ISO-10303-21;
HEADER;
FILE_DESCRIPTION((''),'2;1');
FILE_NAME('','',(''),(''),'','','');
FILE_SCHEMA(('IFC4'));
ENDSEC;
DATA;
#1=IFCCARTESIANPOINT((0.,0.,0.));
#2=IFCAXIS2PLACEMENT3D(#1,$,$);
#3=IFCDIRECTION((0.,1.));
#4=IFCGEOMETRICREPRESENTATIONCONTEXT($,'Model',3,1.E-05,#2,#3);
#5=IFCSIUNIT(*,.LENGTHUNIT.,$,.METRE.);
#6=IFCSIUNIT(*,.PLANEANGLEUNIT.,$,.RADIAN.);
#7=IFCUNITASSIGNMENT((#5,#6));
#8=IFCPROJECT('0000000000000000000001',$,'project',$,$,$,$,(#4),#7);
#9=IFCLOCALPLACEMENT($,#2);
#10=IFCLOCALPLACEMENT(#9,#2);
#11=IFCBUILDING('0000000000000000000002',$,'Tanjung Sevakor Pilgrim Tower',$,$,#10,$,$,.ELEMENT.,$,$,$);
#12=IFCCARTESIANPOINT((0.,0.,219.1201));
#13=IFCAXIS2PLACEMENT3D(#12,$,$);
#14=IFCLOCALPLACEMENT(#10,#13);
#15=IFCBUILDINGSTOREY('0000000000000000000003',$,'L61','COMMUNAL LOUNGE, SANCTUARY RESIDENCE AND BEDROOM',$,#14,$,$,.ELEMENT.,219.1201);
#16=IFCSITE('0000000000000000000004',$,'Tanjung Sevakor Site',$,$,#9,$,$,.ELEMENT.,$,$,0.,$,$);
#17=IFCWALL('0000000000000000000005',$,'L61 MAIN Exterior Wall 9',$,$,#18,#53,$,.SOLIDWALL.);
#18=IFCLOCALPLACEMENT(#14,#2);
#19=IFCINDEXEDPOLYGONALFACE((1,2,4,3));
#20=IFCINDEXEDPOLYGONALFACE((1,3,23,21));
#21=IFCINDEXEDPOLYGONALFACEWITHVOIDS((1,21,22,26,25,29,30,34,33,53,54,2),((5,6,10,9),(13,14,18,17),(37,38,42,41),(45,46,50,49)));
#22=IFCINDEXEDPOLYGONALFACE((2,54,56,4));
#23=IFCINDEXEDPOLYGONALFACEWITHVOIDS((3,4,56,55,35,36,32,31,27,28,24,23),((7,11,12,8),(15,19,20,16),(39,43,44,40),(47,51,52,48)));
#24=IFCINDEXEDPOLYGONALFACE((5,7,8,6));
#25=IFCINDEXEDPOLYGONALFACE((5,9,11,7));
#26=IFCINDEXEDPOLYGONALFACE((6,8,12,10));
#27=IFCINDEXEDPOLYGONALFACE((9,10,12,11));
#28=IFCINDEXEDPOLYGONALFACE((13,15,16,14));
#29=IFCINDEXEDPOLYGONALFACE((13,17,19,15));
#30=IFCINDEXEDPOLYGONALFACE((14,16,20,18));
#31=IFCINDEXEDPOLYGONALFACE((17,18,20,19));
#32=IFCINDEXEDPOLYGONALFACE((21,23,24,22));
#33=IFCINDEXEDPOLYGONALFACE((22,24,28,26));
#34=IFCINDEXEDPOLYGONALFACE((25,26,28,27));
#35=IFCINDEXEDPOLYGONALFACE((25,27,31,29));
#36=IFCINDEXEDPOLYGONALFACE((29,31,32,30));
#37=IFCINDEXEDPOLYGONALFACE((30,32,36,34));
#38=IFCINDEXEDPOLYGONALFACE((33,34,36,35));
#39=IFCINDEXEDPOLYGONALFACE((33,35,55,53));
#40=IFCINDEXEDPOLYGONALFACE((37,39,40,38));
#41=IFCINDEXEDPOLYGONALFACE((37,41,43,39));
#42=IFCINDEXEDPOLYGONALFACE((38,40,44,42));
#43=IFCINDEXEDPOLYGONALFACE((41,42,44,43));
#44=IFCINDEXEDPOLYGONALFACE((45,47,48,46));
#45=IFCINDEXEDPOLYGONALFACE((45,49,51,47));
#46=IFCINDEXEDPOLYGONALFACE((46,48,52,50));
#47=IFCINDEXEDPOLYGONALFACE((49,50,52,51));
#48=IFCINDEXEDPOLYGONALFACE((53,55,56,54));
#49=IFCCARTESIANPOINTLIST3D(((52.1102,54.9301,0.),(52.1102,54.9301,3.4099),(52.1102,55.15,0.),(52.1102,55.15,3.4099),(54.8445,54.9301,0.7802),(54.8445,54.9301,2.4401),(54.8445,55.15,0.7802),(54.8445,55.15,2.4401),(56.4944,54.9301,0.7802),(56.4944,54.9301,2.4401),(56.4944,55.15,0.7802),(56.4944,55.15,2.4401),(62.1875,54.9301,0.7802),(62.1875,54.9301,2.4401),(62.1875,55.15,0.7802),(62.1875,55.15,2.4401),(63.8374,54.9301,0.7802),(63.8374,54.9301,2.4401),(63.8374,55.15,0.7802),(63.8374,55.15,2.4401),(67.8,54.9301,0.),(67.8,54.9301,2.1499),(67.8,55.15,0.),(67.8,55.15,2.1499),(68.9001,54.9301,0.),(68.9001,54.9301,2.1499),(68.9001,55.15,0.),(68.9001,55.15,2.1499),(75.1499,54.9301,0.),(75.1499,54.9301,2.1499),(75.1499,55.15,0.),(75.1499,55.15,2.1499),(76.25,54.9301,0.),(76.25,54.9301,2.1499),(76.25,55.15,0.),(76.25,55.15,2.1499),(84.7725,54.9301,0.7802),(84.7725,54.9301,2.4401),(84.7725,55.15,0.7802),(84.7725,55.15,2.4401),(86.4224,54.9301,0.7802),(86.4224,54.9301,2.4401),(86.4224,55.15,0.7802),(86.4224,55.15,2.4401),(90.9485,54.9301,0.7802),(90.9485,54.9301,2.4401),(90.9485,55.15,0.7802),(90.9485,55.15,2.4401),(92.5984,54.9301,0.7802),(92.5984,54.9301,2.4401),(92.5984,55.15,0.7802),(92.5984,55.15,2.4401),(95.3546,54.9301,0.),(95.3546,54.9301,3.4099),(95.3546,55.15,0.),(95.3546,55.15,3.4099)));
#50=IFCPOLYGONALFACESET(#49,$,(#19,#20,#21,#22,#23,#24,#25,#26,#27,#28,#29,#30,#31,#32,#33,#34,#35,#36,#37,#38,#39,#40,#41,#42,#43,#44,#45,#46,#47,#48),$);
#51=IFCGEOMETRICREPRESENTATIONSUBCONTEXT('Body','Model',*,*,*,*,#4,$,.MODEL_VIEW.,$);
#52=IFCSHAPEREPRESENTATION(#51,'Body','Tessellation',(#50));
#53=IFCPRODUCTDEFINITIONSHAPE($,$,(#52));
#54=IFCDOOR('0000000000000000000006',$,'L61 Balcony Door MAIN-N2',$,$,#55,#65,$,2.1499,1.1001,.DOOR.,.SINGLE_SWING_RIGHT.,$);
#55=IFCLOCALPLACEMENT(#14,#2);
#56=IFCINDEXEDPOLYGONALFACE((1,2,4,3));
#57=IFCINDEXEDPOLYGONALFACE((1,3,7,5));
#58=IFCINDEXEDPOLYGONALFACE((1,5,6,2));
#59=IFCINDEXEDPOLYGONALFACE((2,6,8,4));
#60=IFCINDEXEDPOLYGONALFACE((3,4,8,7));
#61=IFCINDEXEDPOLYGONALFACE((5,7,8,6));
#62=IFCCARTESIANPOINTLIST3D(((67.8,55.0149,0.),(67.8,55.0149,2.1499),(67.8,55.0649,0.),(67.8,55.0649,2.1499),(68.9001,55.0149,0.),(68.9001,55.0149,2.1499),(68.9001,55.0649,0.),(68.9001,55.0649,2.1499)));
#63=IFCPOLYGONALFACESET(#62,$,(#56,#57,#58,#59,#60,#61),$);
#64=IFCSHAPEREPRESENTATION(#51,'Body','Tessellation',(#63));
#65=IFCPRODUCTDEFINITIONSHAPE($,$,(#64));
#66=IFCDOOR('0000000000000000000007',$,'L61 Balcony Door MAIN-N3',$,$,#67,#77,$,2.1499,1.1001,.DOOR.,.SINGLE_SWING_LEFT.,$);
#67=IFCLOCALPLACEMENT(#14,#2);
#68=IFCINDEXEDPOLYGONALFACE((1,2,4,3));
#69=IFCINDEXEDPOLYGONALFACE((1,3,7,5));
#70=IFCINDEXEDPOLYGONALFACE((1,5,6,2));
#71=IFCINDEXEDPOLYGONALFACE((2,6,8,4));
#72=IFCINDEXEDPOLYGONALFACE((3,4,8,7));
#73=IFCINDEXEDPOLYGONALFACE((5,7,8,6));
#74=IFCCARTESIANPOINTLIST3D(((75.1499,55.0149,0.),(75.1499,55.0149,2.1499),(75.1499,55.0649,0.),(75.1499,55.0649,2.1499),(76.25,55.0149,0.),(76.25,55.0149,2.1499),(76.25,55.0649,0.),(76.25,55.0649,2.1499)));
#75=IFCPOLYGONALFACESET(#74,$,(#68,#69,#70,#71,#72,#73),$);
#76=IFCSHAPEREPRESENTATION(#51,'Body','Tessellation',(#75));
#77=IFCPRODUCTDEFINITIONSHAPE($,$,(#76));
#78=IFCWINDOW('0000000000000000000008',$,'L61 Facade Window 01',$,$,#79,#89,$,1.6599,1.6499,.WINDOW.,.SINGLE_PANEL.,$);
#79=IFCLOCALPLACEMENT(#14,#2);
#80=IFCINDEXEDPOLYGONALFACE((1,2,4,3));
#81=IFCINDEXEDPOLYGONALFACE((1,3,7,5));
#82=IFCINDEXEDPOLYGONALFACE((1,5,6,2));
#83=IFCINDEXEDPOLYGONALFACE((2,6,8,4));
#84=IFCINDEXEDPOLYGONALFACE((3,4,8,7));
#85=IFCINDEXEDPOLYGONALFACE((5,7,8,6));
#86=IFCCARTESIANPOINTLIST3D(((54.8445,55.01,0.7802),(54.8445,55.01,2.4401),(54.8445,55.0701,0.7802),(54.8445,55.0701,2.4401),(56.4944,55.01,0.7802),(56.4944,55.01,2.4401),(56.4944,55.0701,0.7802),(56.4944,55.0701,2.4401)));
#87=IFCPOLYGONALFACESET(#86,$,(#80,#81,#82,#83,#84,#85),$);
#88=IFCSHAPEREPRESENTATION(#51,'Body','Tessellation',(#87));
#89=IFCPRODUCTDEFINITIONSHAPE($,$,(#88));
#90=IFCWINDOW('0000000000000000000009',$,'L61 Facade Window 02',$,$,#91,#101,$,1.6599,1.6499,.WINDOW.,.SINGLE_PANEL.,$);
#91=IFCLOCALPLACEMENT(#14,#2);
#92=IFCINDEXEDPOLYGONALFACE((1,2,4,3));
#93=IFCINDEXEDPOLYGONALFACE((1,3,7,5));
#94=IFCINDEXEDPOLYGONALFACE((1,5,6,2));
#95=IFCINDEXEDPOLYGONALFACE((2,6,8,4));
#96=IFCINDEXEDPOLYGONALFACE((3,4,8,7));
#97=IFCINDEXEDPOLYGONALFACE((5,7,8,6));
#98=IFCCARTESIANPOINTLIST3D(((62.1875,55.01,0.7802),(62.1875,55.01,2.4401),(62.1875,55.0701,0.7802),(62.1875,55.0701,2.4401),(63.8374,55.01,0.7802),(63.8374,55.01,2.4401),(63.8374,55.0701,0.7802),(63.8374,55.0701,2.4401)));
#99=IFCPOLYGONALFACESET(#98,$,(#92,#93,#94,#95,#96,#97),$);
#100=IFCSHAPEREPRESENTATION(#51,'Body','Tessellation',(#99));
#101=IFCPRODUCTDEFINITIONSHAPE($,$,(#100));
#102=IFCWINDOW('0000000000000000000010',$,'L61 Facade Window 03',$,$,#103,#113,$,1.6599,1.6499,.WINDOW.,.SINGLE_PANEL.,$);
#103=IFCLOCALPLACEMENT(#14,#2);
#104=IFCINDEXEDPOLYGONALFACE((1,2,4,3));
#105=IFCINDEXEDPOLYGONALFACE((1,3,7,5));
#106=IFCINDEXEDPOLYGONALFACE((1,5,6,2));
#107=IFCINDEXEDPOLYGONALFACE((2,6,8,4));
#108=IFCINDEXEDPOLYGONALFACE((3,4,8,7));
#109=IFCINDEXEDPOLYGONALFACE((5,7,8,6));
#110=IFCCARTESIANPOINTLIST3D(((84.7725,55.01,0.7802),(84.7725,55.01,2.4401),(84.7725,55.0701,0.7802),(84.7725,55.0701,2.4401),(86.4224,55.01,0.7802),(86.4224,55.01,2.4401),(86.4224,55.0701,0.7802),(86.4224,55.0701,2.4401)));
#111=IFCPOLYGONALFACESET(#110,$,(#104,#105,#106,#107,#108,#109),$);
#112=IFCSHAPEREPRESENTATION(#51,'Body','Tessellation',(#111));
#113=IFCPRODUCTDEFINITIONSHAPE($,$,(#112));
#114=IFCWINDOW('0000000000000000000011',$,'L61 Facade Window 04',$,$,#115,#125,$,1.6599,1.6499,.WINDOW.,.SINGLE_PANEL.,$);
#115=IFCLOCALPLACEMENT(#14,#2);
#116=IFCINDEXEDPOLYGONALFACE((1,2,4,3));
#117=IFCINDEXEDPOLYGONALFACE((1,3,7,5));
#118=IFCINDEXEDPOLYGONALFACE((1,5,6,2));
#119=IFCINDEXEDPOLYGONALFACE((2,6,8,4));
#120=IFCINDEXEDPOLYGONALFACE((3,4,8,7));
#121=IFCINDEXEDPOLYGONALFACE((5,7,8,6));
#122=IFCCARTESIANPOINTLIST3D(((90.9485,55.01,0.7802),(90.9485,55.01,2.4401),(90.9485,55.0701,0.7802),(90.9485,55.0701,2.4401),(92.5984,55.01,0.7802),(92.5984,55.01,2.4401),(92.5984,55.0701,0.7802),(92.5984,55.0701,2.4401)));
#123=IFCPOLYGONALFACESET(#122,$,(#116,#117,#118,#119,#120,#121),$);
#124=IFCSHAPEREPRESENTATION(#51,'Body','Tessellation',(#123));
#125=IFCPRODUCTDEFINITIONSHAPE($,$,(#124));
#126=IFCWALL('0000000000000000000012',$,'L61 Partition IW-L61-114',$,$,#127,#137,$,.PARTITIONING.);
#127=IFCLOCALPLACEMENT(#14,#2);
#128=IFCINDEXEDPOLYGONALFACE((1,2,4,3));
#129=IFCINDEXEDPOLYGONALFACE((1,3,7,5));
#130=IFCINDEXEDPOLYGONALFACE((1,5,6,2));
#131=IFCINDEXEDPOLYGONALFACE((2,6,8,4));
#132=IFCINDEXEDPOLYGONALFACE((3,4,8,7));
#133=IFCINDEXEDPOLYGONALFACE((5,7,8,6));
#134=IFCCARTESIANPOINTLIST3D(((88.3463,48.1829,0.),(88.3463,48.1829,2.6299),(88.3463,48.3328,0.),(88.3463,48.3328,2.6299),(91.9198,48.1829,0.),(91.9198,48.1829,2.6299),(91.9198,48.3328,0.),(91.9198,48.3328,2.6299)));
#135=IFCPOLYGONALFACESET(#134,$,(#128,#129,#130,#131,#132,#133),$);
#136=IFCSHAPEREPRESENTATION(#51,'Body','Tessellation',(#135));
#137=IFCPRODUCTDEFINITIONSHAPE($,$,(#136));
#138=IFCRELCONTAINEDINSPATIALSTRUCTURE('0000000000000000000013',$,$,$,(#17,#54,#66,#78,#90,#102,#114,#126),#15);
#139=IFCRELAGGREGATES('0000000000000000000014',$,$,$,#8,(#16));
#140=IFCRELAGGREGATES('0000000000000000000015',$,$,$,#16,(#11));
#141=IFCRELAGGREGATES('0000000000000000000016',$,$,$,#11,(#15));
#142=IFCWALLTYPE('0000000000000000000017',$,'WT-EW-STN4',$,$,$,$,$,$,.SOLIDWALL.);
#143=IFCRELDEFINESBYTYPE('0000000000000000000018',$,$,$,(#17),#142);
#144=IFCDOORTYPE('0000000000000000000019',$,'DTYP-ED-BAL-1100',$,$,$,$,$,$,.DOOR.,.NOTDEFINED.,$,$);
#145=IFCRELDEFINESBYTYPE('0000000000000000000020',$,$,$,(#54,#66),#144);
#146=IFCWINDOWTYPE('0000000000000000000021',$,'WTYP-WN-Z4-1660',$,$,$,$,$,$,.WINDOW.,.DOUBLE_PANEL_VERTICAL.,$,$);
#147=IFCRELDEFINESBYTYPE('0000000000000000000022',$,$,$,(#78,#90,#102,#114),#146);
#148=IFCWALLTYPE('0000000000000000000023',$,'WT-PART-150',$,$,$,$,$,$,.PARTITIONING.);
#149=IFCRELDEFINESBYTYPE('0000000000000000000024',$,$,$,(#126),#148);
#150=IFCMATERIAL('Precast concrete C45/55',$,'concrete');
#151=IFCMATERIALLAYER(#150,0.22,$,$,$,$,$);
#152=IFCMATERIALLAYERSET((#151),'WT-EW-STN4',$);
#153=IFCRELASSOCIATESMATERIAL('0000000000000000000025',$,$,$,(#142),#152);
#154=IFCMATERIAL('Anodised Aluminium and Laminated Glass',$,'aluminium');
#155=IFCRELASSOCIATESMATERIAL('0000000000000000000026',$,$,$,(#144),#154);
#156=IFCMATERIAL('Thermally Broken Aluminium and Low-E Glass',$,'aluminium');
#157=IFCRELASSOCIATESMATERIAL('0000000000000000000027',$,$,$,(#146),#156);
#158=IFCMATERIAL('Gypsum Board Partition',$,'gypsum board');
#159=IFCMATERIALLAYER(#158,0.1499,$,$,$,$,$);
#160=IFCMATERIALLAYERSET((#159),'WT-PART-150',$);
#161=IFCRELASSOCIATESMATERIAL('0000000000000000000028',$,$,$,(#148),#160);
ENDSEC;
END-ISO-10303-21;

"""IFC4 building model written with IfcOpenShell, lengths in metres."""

from ifc_helpers import new_model, si_unit, direction, frame, frame_2d, origin, place, context, subcontext, project, spatial, rectangle, extrude, material, layer, layer_set, type_object, element, fill, save


model = new_model("IFC4")

# Units and contexts
model_context = context("Model", 3, precision=1e-05, world=origin(), true_north=direction((0.0, 1.0)))
body_context = subcontext(model_context, "Body", "Model", "MODEL_VIEW")
ifc_project = project(units=[si_unit("LENGTHUNIT", "METRE"), si_unit("PLANEANGLEUNIT", "RADIAN")], contexts=[model_context])

# Site, building, storey
site_placement = place(None, origin())
site = spatial("IfcSite", under=ifc_project, at=site_placement, Name="Tanjung Sevakor Site", CompositionType="ELEMENT", RefElevation=0.0)
building_placement = place(site_placement, origin())
building = spatial("IfcBuilding", under=site, at=building_placement, Name="Tanjung Sevakor Pilgrim Tower", CompositionType="ELEMENT")
storey_placement = place(building_placement, frame((0.0, 0.0, 219.1201)))
storey = spatial("IfcBuildingStorey", under=building, at=storey_placement, Name="L61", Description="COMMUNAL LOUNGE, SANCTUARY RESIDENCE AND BEDROOM", CompositionType="ELEMENT", Elevation=219.1201)

# Shared definitions
ifc_material_1 = material(Name="Precast concrete C45/55", Category="concrete")
ifc_layer_1 = layer(ifc_material_1, 0.22)
ifc_layer_set_1 = layer_set([ifc_layer_1], Name="WT-EW-STN4")
wall_type_1 = type_object("IfcWallType", Name="WT-EW-STN4", PredefinedType="SOLIDWALL", material=ifc_layer_set_1)

# Wall, openings, doors, windows
wall_1_placement = place(storey_placement, frame((95.3545, 55.04, 0.0), z_axis=(0.0, 0.0, 1.0), x_axis=(-1.0, 0.0, 0.0)))
wall_1 = element("IfcWall", 1, at=wall_1_placement, inside=storey, type_object=wall_type_1, Name="L61 MAIN Exterior Wall 9", PredefinedType="SOLIDWALL", context=body_context, shape_type="SweptSolid", body=[
    extrude(rectangle(XDim=43.2444, YDim=0.22, at=frame_2d((21.6221, 0.0))), origin(), (0.0, 0.0, 1.0), 3.4099),
])
opening_1_placement = place(wall_1_placement, frame((26.4543, 0.0, 0.0)))
opening_1 = element("IfcOpeningElement", 2, at=opening_1_placement, cuts=wall_1, PredefinedType="OPENING", context=body_context, shape_type="SweptSolid", body=[
    extrude(rectangle(XDim=1.1001, YDim=2.1499, at=frame_2d((0.55, 1.075))), frame((0.0, 0.1199, 0.0), z_axis=(0.0, -1.0, 0.0), x_axis=(1.0, 0.0, 0.0)), (0.0, 0.0, 1.0), 0.24),
])
opening_2_placement = place(wall_1_placement, frame((19.1045, 0.0, 0.0)))
opening_2 = element("IfcOpeningElement", 3, at=opening_2_placement, cuts=wall_1, PredefinedType="OPENING", context=body_context, shape_type="SweptSolid", body=[
    extrude(rectangle(XDim=1.1001, YDim=2.1499, at=frame_2d((0.55, 1.075))), frame((0.0, 0.1199, 0.0), z_axis=(0.0, -1.0, 0.0), x_axis=(1.0, 0.0, 0.0)), (0.0, 0.0, 1.0), 0.24),
])
opening_3_placement = place(wall_1_placement, frame((38.8601, 0.0, 0.78)))
opening_3 = element("IfcOpeningElement", 4, at=opening_3_placement, cuts=wall_1, PredefinedType="OPENING", context=body_context, shape_type="SweptSolid", body=[
    extrude(rectangle(XDim=1.6499, YDim=1.6599, at=frame_2d((0.825, 0.8301))), frame((0.0, 0.1199, 0.0), z_axis=(0.0, -1.0, 0.0), x_axis=(1.0, 0.0, 0.0)), (0.0, 0.0, 1.0), 0.24),
])
opening_4_placement = place(wall_1_placement, frame((31.5171, 0.0, 0.78)))
opening_4 = element("IfcOpeningElement", 5, at=opening_4_placement, cuts=wall_1, PredefinedType="OPENING", context=body_context, shape_type="SweptSolid", body=[
    extrude(rectangle(XDim=1.6499, YDim=1.6599, at=frame_2d((0.825, 0.8301))), frame((0.0, 0.1199, 0.0), z_axis=(0.0, -1.0, 0.0), x_axis=(1.0, 0.0, 0.0)), (0.0, 0.0, 1.0), 0.24),
])
opening_5_placement = place(wall_1_placement, frame((8.9321, 0.0, 0.78)))
opening_5 = element("IfcOpeningElement", 6, at=opening_5_placement, cuts=wall_1, PredefinedType="OPENING", context=body_context, shape_type="SweptSolid", body=[
    extrude(rectangle(XDim=1.6499, YDim=1.6599, at=frame_2d((0.825, 0.8301))), frame((0.0, 0.1199, 0.0), z_axis=(0.0, -1.0, 0.0), x_axis=(1.0, 0.0, 0.0)), (0.0, 0.0, 1.0), 0.24),
])
opening_6_placement = place(wall_1_placement, frame((2.7561, 0.0, 0.78)))
opening_6 = element("IfcOpeningElement", 7, at=opening_6_placement, cuts=wall_1, PredefinedType="OPENING", context=body_context, shape_type="SweptSolid", body=[
    extrude(rectangle(XDim=1.6499, YDim=1.6599, at=frame_2d((0.825, 0.8301))), frame((0.0, 0.1199, 0.0), z_axis=(0.0, -1.0, 0.0), x_axis=(1.0, 0.0, 0.0)), (0.0, 0.0, 1.0), 0.24),
])
ifc_material_2 = material(Name="Anodised Aluminium and Laminated Glass", Category="aluminium")
door_type_1 = type_object("IfcDoorType", Name="DTYP-ED-BAL-1100", OperationType="NOTDEFINED", PredefinedType="DOOR", material=ifc_material_2)
door_1_placement = place(opening_1_placement, frame((1.1001, 0.0, 0.0), z_axis=(0.0, 0.0, 1.0), x_axis=(-1.0, 0.0, 0.0)))
door_1 = element("IfcDoor", 8, at=door_1_placement, inside=storey, type_object=door_type_1, Name="L61 Balcony Door MAIN-N2", OperationType="SINGLE_SWING_RIGHT", OverallHeight=2.1499, OverallWidth=1.1001, PredefinedType="DOOR", context=body_context, shape_type="SweptSolid", body=[
    extrude(rectangle(XDim=1.1001, YDim=2.1499, at=frame_2d((0.55, 1.075))), frame((0.0, 0.0249, 0.0), z_axis=(0.0, -1.0, 0.0), x_axis=(1.0, 0.0, 0.0)), (0.0, 0.0, 1.0), 0.05),
])
fill(opening_1, door_1)
door_2_placement = place(opening_2_placement, frame((1.1001, 0.0, 0.0), z_axis=(0.0, 0.0, 1.0), x_axis=(-1.0, 0.0, 0.0)))
door_2 = element("IfcDoor", 9, at=door_2_placement, inside=storey, type_object=door_type_1, Name="L61 Balcony Door MAIN-N3", OperationType="SINGLE_SWING_LEFT", OverallHeight=2.1499, OverallWidth=1.1001, PredefinedType="DOOR", context=body_context, shape_type="SweptSolid", body=[
    extrude(rectangle(XDim=1.1001, YDim=2.1499, at=frame_2d((0.55, 1.075))), frame((0.0, 0.0249, 0.0), z_axis=(0.0, -1.0, 0.0), x_axis=(1.0, 0.0, 0.0)), (0.0, 0.0, 1.0), 0.05),
])
fill(opening_2, door_2)
ifc_material_3 = material(Name="Thermally Broken Aluminium and Low-E Glass", Category="aluminium")
window_type_1 = type_object("IfcWindowType", Name="WTYP-WN-Z4-1660", PartitioningType="DOUBLE_PANEL_VERTICAL", PredefinedType="WINDOW", material=ifc_material_3)
window_1_placement = place(opening_3_placement, origin())
window_1 = element("IfcWindow", 10, at=window_1_placement, inside=storey, type_object=window_type_1, Name="L61 Facade Window 01", OverallHeight=1.6599, OverallWidth=1.6499, PartitioningType="SINGLE_PANEL", PredefinedType="WINDOW", context=body_context, shape_type="SweptSolid", body=[
    extrude(rectangle(XDim=1.6499, YDim=1.6599, at=frame_2d((0.825, 0.8301))), frame((0.0, 0.03, 0.0), z_axis=(0.0, -1.0, 0.0), x_axis=(1.0, 0.0, 0.0)), (0.0, 0.0, 1.0), 0.0601),
])
fill(opening_3, window_1)
window_2_placement = place(opening_4_placement, origin())
window_2 = element("IfcWindow", 11, at=window_2_placement, inside=storey, type_object=window_type_1, Name="L61 Facade Window 02", OverallHeight=1.6599, OverallWidth=1.6499, PartitioningType="SINGLE_PANEL", PredefinedType="WINDOW", context=body_context, shape_type="SweptSolid", body=[
    extrude(rectangle(XDim=1.6499, YDim=1.6599, at=frame_2d((0.825, 0.8301))), frame((0.0, 0.03, 0.0), z_axis=(0.0, -1.0, 0.0), x_axis=(1.0, 0.0, 0.0)), (0.0, 0.0, 1.0), 0.0601),
])
fill(opening_4, window_2)
window_3_placement = place(opening_5_placement, origin())
window_3 = element("IfcWindow", 12, at=window_3_placement, inside=storey, type_object=window_type_1, Name="L61 Facade Window 03", OverallHeight=1.6599, OverallWidth=1.6499, PartitioningType="SINGLE_PANEL", PredefinedType="WINDOW", context=body_context, shape_type="SweptSolid", body=[
    extrude(rectangle(XDim=1.6499, YDim=1.6599, at=frame_2d((0.825, 0.8301))), frame((0.0, 0.03, 0.0), z_axis=(0.0, -1.0, 0.0), x_axis=(1.0, 0.0, 0.0)), (0.0, 0.0, 1.0), 0.0601),
])
fill(opening_5, window_3)
window_4_placement = place(opening_6_placement, origin())
window_4 = element("IfcWindow", 13, at=window_4_placement, inside=storey, type_object=window_type_1, Name="L61 Facade Window 04", OverallHeight=1.6599, OverallWidth=1.6499, PartitioningType="SINGLE_PANEL", PredefinedType="WINDOW", context=body_context, shape_type="SweptSolid", body=[
    extrude(rectangle(XDim=1.6499, YDim=1.6599, at=frame_2d((0.825, 0.8301))), frame((0.0, 0.03, 0.0), z_axis=(0.0, -1.0, 0.0), x_axis=(1.0, 0.0, 0.0)), (0.0, 0.0, 1.0), 0.0601),
])
fill(opening_6, window_4)

# Wall
ifc_material_4 = material(Name="Gypsum Board Partition", Category="gypsum board")
ifc_layer_2 = layer(ifc_material_4, 0.1499)
ifc_layer_set_2 = layer_set([ifc_layer_2], Name="WT-PART-150")
wall_type_2 = type_object("IfcWallType", Name="WT-PART-150", PredefinedType="PARTITIONING", material=ifc_layer_set_2)
wall_2_placement = place(storey_placement, frame((88.3464, 48.2578, 0.0), z_axis=(0.0, 0.0, 1.0), x_axis=(1.0, 0.0, 0.0)))
element("IfcWall", 14, at=wall_2_placement, inside=storey, type_object=wall_type_2, Name="L61 Partition IW-L61-114", PredefinedType="PARTITIONING", context=body_context, shape_type="SweptSolid", body=[
    extrude(rectangle(XDim=3.5735, YDim=0.1499, at=frame_2d((1.7866, 0.0))), origin(), (0.0, 0.0, 1.0), 2.6299),
])

save(model, "model.ifc")
